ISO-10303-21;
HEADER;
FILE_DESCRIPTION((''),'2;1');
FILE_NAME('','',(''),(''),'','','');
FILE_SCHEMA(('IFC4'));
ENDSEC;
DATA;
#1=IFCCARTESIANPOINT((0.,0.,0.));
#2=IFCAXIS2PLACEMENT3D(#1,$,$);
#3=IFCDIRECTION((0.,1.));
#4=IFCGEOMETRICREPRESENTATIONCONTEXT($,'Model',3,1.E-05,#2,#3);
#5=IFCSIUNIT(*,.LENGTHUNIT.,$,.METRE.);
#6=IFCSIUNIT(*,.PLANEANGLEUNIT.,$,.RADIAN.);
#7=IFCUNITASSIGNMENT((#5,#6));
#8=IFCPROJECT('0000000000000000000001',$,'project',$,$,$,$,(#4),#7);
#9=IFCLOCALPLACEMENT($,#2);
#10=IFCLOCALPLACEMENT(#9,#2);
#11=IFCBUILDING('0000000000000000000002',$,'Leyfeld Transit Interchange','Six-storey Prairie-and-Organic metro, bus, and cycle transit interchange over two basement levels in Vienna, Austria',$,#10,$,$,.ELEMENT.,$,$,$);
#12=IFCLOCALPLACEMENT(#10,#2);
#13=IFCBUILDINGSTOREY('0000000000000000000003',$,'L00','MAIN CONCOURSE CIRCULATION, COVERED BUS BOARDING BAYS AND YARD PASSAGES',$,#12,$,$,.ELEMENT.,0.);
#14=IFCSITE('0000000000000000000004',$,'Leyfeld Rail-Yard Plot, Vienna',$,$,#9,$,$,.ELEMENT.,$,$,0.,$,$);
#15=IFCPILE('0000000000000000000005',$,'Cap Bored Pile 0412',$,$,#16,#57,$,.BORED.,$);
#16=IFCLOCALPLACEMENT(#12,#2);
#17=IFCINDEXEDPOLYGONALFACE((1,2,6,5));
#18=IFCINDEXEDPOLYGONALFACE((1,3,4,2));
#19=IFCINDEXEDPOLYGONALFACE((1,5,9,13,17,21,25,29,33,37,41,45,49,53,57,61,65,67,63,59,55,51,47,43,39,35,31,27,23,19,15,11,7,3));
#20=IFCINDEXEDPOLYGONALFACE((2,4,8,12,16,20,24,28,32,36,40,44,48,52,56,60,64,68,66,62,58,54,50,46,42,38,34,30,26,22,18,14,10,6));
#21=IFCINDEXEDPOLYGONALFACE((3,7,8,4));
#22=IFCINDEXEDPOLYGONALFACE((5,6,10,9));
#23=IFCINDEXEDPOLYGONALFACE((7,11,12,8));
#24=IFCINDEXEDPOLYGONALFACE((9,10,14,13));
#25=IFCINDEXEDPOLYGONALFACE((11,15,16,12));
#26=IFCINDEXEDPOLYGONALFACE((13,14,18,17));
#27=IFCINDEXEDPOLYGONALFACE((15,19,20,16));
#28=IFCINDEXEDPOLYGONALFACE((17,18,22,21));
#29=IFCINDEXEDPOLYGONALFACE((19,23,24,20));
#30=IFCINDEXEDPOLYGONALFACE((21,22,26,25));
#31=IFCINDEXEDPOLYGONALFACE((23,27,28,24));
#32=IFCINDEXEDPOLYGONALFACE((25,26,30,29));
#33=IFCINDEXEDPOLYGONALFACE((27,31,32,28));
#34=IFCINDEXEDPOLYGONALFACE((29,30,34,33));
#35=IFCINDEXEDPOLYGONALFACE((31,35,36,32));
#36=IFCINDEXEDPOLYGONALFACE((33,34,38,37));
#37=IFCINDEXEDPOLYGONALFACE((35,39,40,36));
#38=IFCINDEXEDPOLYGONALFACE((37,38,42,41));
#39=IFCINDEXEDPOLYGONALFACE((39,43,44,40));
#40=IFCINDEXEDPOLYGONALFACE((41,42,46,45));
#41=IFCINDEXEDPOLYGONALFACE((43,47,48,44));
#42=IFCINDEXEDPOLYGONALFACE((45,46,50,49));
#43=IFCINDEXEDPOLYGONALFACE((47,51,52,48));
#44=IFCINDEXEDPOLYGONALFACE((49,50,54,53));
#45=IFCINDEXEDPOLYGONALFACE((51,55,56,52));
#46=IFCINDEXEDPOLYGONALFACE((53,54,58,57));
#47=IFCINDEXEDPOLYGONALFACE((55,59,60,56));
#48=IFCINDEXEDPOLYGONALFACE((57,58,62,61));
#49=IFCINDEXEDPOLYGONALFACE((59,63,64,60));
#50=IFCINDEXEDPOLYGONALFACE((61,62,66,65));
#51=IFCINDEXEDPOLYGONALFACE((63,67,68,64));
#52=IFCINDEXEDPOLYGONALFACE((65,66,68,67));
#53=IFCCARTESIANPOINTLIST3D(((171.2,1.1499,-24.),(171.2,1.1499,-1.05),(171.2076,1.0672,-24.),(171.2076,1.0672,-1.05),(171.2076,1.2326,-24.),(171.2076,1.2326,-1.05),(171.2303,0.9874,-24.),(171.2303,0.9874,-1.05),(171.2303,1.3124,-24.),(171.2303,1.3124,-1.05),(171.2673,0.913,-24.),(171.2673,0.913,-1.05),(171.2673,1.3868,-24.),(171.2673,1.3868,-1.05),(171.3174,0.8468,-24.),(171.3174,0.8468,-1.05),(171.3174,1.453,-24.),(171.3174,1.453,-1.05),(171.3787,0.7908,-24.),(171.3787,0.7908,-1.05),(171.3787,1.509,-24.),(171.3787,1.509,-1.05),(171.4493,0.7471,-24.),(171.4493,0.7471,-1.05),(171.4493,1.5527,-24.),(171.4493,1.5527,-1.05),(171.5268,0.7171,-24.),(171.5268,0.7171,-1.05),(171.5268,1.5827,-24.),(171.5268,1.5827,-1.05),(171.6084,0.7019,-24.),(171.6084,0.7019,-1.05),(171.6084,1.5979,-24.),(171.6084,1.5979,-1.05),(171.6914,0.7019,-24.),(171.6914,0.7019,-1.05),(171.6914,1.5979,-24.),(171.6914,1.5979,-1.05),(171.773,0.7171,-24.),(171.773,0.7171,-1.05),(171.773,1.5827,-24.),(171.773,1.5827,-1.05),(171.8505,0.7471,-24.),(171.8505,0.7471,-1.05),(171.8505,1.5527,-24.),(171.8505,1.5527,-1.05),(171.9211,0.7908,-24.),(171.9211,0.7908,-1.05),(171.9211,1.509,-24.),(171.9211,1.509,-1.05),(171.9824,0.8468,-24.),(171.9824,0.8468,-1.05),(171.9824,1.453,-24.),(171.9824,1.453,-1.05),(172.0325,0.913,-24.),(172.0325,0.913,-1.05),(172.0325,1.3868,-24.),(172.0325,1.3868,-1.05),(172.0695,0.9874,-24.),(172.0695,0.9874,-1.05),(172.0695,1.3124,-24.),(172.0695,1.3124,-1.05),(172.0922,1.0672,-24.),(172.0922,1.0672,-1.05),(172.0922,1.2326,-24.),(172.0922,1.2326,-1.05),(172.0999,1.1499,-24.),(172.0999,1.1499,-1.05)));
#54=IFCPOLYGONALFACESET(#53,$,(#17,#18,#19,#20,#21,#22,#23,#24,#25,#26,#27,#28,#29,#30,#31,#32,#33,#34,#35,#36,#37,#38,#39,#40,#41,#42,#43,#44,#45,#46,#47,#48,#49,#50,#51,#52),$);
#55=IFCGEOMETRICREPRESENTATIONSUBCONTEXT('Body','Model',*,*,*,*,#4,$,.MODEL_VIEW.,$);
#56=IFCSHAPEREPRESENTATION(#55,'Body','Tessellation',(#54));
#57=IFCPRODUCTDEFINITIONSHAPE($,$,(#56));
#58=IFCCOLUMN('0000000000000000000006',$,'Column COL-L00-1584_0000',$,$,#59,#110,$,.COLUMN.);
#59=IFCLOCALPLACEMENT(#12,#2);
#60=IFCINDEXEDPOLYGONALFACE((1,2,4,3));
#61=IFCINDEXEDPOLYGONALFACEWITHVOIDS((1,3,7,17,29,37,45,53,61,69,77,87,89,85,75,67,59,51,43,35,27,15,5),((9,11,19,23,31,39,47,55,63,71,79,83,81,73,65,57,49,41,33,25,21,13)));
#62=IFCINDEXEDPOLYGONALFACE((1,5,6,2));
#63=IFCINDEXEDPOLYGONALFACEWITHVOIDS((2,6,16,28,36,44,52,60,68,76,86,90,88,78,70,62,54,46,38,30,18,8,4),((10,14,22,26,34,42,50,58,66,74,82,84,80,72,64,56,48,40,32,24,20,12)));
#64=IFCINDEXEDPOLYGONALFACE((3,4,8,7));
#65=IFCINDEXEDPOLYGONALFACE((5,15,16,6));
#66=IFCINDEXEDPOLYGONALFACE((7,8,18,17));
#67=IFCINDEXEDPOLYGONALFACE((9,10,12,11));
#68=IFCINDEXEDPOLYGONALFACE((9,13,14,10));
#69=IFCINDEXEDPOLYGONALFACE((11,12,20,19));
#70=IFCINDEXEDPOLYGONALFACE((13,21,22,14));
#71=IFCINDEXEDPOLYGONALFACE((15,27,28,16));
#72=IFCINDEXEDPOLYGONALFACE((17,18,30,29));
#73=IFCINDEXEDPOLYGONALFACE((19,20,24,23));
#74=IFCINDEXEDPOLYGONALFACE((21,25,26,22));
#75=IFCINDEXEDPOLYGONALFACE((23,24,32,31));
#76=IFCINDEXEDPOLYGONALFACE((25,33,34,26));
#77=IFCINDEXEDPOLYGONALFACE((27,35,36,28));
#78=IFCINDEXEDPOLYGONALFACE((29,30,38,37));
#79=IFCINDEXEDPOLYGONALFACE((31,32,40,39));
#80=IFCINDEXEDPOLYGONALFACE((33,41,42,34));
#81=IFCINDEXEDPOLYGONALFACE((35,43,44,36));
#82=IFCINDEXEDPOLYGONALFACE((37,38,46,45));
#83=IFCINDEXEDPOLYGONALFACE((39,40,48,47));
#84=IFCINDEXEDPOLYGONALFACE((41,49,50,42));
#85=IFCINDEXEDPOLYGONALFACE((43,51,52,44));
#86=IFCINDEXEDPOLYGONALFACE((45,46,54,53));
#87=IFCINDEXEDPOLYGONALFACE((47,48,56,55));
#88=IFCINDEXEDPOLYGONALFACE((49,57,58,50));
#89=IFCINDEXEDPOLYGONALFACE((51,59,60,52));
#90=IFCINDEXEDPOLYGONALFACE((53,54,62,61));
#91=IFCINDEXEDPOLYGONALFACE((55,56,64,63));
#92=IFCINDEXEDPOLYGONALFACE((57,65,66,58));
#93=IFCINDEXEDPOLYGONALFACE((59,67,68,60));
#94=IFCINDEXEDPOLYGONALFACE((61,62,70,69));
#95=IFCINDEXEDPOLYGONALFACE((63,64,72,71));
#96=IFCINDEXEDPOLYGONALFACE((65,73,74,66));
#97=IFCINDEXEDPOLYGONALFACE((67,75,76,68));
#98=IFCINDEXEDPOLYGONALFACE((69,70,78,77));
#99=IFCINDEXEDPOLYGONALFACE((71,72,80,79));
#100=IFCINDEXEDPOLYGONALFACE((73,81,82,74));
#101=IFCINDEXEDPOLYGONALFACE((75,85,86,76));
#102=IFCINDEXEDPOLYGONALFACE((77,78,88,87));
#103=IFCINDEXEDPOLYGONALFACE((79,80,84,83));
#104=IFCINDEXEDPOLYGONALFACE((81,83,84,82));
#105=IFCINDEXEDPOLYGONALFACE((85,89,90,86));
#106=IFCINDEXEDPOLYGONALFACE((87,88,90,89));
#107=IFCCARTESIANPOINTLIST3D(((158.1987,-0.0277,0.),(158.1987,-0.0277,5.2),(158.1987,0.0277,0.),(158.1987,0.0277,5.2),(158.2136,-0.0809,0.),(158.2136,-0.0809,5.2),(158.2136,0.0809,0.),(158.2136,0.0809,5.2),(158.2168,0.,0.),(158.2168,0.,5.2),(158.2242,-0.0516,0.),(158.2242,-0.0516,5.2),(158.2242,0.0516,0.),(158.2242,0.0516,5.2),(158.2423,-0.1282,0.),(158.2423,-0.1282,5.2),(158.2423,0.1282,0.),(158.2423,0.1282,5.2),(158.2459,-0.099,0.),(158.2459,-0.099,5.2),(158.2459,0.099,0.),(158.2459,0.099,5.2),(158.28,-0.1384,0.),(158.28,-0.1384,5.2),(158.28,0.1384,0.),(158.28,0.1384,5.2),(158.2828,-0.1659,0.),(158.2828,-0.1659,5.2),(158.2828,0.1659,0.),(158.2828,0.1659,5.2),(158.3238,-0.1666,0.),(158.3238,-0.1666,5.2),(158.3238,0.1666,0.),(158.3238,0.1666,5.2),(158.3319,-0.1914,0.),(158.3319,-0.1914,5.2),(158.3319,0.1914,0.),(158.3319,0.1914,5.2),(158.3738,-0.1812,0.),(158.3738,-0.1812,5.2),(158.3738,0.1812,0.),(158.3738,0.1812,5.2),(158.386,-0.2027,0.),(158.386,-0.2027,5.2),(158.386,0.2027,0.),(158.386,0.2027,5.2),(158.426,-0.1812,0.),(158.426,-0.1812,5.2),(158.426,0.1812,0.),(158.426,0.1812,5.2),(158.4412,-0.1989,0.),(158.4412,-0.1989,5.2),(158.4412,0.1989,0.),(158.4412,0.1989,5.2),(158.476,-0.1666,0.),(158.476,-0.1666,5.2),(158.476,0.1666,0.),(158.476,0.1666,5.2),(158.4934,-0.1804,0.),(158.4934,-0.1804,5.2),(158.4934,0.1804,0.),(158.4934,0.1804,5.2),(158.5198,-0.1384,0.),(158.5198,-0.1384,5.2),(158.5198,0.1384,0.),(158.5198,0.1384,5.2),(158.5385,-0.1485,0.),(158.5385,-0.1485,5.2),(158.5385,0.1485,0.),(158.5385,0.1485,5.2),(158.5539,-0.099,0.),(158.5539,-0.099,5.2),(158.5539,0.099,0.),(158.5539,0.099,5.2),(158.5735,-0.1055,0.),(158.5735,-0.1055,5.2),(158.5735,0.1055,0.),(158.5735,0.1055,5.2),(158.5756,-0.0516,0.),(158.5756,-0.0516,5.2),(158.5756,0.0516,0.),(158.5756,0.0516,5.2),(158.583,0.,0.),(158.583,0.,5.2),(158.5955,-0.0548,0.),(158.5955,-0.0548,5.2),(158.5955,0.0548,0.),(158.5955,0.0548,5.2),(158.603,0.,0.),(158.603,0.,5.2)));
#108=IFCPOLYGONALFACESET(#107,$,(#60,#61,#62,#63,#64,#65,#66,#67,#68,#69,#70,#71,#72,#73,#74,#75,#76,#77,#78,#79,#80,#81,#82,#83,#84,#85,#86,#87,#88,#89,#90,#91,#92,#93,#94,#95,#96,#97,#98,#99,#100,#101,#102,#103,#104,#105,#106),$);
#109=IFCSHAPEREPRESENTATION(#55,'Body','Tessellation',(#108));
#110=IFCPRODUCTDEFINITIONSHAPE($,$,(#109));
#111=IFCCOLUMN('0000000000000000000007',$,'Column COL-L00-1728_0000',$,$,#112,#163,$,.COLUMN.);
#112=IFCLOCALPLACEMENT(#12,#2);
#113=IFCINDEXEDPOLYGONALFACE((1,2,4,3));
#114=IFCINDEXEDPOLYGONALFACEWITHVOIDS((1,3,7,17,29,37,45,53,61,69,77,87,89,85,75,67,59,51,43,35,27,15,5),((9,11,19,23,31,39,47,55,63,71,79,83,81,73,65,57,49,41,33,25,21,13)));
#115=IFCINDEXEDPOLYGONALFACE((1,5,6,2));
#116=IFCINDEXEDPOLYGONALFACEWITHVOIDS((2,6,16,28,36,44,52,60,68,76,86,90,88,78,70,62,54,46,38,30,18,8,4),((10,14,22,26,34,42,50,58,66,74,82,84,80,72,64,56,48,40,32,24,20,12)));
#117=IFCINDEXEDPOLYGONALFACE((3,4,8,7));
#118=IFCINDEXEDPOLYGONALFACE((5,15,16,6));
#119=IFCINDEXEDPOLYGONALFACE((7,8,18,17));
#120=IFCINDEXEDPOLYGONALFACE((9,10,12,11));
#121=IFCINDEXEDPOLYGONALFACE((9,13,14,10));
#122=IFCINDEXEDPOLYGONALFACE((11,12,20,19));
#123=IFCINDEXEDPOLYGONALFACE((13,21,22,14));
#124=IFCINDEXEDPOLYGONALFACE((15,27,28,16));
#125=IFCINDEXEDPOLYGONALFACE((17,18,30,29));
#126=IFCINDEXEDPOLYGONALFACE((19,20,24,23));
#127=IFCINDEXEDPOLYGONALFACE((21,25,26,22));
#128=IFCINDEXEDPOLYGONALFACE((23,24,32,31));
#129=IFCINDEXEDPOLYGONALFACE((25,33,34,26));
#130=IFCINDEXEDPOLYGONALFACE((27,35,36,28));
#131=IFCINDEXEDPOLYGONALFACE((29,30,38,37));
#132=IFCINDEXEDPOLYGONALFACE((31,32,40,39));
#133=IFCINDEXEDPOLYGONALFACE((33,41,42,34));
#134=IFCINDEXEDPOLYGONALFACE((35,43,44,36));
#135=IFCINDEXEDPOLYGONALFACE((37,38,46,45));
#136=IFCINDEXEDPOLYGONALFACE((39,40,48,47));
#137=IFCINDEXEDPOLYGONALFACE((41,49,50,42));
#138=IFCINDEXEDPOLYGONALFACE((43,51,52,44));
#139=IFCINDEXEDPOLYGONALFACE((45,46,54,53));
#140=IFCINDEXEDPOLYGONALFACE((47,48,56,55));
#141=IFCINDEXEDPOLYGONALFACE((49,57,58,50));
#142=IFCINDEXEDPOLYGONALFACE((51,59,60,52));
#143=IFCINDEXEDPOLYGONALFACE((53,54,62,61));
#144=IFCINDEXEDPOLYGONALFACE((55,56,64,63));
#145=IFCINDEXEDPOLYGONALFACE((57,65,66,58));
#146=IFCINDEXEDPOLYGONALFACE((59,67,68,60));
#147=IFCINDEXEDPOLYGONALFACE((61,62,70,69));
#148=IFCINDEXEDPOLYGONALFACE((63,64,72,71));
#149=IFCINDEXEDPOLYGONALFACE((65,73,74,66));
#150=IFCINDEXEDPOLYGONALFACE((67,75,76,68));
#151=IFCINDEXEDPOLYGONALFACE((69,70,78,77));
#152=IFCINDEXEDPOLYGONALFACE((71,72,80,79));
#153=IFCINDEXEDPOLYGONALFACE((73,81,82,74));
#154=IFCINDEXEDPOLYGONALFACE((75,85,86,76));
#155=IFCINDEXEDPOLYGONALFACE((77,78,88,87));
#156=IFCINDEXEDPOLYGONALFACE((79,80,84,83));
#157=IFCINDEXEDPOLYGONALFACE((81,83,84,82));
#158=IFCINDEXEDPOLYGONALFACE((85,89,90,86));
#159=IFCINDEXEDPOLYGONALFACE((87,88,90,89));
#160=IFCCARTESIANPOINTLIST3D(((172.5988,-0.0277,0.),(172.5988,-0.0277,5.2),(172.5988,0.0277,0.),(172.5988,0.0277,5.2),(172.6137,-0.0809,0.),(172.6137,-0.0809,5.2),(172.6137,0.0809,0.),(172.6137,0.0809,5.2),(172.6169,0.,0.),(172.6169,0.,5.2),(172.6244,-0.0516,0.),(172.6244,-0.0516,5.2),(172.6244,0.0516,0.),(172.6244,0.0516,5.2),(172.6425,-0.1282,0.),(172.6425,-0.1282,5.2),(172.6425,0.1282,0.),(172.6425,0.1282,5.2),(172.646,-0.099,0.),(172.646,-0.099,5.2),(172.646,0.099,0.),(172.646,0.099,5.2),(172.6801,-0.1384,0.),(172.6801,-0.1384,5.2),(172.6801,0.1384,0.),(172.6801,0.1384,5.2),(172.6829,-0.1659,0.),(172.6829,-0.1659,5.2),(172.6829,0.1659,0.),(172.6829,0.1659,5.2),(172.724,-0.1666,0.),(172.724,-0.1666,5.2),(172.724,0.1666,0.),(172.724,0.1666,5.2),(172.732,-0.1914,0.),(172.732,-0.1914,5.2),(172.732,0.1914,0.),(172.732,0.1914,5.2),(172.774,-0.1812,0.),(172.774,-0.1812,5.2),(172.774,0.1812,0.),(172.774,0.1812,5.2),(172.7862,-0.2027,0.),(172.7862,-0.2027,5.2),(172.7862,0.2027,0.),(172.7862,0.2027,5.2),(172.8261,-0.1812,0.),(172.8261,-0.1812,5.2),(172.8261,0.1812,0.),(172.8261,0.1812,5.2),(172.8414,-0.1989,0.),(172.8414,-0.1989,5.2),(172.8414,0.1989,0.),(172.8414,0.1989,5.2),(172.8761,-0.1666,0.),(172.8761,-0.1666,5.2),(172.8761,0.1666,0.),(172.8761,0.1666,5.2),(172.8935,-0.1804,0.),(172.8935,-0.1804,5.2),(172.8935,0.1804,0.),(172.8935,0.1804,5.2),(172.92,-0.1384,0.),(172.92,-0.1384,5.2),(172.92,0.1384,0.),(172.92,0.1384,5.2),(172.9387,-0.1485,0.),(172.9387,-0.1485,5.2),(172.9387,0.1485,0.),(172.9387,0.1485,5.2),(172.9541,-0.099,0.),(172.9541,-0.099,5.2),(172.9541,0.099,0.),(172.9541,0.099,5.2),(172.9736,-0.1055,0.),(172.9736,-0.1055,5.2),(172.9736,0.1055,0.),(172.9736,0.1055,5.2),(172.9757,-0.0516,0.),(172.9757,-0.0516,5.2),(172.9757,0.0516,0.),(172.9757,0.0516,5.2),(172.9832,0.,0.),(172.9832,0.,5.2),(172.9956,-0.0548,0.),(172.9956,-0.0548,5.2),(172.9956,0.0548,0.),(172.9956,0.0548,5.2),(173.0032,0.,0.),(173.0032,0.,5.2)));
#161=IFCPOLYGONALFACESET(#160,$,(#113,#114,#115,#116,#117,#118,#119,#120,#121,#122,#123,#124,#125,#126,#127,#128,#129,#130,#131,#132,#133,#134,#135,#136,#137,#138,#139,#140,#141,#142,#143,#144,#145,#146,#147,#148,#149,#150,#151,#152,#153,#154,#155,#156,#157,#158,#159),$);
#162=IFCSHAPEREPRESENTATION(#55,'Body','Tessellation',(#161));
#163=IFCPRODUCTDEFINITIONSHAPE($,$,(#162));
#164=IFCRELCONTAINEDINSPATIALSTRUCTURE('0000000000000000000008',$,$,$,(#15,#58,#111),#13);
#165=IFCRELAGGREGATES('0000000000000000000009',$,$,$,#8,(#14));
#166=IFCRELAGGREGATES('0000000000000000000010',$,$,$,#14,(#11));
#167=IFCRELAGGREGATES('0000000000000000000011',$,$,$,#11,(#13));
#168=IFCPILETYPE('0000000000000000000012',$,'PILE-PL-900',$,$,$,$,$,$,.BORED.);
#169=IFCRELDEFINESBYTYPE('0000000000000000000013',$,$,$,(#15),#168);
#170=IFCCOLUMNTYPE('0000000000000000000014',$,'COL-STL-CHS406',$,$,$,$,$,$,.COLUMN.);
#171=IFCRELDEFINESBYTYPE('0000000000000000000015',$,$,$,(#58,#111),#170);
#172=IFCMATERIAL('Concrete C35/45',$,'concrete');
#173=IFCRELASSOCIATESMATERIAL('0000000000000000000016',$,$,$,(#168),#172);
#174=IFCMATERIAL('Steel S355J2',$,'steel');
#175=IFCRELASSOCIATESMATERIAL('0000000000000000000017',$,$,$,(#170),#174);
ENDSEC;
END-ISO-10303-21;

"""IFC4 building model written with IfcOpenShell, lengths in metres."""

from ifc_helpers import new_model, si_unit, direction, frame, origin, origin_2d, place, context, subcontext, project, spatial, circle, hollow_circle, extrude, material, material_profile, profile_set, type_object, element, save


model = new_model("IFC4")

# Units and contexts
model_context = context("Model", 3, precision=1e-05, world=origin(), true_north=direction((0.0, 1.0)))
body_context = subcontext(model_context, "Body", "Model", "MODEL_VIEW")
ifc_project = project(units=[si_unit("LENGTHUNIT", "METRE"), si_unit("PLANEANGLEUNIT", "RADIAN")], contexts=[model_context])

# Site, building, storey
site_placement = place(None, origin())
site = spatial("IfcSite", under=ifc_project, at=site_placement, Name="Leyfeld Rail-Yard Plot, Vienna", CompositionType="ELEMENT", RefElevation=0.0)
building_placement = place(site_placement, origin())
building = spatial("IfcBuilding", under=site, at=building_placement, Name="Leyfeld Transit Interchange", Description="Six-storey Prairie-and-Organic metro, bus, and cycle transit interchange over two basement levels in Vienna, Austria", CompositionType="ELEMENT")
storey_placement = place(building_placement, origin())
storey = spatial("IfcBuildingStorey", under=building, at=storey_placement, Name="L00", Description="MAIN CONCOURSE CIRCULATION, COVERED BUS BOARDING BAYS AND YARD PASSAGES", CompositionType="ELEMENT", Elevation=0.0)

# Shared definitions
ifc_material_1 = material(Name="Concrete C35/45", Category="concrete")

# Pile
ifc_material_profile_1 = material_profile(ifc_material_1, circle(Radius=0.45, at=origin_2d()), Name="PILE D900")
ifc_profile_set_1 = profile_set([ifc_material_profile_1], Name="Concrete C35/45")
pile_type = type_object("IfcPileType", Name="PILE-PL-900", PredefinedType="BORED", material=ifc_profile_set_1)
for number, where, z_axis, x_axis, name in (
    (1, (171.6499, 1.1499, -1.05), (0.0, 0.0, -1.0), (1.0, 0.0, 0.0), "Cap Bored Pile 0412"),
):
    element("IfcPile", number, at=place(storey_placement, frame(where, z_axis=z_axis, x_axis=x_axis)), inside=storey, type_object=pile_type, Name=name, PredefinedType="BORED", context=body_context, shape_type="SweptSolid", body=[
        extrude(circle(Radius=0.45, at=origin_2d()), origin(), (0.0, 0.0, 1.0), 22.95),
    ])

# Columns
ifc_material_2 = material(Name="Steel S355J2", Category="steel")
ifc_material_profile_2 = material_profile(ifc_material_2, hollow_circle(Radius=0.2031, WallThickness=0.02, at=origin_2d()), Name="CHS 406.4x20")
ifc_profile_set_2 = profile_set([ifc_material_profile_2], Name="Steel S355J2")
column_type = type_object("IfcColumnType", Name="COL-STL-CHS406", PredefinedType="COLUMN", material=ifc_profile_set_2)
for number, where, z_axis, x_axis, name in (
    (2, (158.3999, 0.0, 0.0), (0.0, 0.0, 1.0), (1.0, 0.0, 0.0), "Column COL-L00-1584_0000"),
    (3, (172.8, 0.0, 0.0), (0.0, 0.0, 1.0), (1.0, 0.0, 0.0), "Column COL-L00-1728_0000"),
):
    element("IfcColumn", number, at=place(storey_placement, frame(where, z_axis=z_axis, x_axis=x_axis)), inside=storey, type_object=column_type, Name=name, PredefinedType="COLUMN", context=body_context, shape_type="SweptSolid", body=[
        extrude(hollow_circle(Radius=0.2031, WallThickness=0.02, at=origin_2d()), origin(), (0.0, 0.0, 1.0), 5.2),
    ])

save(model, "model.ifc")
